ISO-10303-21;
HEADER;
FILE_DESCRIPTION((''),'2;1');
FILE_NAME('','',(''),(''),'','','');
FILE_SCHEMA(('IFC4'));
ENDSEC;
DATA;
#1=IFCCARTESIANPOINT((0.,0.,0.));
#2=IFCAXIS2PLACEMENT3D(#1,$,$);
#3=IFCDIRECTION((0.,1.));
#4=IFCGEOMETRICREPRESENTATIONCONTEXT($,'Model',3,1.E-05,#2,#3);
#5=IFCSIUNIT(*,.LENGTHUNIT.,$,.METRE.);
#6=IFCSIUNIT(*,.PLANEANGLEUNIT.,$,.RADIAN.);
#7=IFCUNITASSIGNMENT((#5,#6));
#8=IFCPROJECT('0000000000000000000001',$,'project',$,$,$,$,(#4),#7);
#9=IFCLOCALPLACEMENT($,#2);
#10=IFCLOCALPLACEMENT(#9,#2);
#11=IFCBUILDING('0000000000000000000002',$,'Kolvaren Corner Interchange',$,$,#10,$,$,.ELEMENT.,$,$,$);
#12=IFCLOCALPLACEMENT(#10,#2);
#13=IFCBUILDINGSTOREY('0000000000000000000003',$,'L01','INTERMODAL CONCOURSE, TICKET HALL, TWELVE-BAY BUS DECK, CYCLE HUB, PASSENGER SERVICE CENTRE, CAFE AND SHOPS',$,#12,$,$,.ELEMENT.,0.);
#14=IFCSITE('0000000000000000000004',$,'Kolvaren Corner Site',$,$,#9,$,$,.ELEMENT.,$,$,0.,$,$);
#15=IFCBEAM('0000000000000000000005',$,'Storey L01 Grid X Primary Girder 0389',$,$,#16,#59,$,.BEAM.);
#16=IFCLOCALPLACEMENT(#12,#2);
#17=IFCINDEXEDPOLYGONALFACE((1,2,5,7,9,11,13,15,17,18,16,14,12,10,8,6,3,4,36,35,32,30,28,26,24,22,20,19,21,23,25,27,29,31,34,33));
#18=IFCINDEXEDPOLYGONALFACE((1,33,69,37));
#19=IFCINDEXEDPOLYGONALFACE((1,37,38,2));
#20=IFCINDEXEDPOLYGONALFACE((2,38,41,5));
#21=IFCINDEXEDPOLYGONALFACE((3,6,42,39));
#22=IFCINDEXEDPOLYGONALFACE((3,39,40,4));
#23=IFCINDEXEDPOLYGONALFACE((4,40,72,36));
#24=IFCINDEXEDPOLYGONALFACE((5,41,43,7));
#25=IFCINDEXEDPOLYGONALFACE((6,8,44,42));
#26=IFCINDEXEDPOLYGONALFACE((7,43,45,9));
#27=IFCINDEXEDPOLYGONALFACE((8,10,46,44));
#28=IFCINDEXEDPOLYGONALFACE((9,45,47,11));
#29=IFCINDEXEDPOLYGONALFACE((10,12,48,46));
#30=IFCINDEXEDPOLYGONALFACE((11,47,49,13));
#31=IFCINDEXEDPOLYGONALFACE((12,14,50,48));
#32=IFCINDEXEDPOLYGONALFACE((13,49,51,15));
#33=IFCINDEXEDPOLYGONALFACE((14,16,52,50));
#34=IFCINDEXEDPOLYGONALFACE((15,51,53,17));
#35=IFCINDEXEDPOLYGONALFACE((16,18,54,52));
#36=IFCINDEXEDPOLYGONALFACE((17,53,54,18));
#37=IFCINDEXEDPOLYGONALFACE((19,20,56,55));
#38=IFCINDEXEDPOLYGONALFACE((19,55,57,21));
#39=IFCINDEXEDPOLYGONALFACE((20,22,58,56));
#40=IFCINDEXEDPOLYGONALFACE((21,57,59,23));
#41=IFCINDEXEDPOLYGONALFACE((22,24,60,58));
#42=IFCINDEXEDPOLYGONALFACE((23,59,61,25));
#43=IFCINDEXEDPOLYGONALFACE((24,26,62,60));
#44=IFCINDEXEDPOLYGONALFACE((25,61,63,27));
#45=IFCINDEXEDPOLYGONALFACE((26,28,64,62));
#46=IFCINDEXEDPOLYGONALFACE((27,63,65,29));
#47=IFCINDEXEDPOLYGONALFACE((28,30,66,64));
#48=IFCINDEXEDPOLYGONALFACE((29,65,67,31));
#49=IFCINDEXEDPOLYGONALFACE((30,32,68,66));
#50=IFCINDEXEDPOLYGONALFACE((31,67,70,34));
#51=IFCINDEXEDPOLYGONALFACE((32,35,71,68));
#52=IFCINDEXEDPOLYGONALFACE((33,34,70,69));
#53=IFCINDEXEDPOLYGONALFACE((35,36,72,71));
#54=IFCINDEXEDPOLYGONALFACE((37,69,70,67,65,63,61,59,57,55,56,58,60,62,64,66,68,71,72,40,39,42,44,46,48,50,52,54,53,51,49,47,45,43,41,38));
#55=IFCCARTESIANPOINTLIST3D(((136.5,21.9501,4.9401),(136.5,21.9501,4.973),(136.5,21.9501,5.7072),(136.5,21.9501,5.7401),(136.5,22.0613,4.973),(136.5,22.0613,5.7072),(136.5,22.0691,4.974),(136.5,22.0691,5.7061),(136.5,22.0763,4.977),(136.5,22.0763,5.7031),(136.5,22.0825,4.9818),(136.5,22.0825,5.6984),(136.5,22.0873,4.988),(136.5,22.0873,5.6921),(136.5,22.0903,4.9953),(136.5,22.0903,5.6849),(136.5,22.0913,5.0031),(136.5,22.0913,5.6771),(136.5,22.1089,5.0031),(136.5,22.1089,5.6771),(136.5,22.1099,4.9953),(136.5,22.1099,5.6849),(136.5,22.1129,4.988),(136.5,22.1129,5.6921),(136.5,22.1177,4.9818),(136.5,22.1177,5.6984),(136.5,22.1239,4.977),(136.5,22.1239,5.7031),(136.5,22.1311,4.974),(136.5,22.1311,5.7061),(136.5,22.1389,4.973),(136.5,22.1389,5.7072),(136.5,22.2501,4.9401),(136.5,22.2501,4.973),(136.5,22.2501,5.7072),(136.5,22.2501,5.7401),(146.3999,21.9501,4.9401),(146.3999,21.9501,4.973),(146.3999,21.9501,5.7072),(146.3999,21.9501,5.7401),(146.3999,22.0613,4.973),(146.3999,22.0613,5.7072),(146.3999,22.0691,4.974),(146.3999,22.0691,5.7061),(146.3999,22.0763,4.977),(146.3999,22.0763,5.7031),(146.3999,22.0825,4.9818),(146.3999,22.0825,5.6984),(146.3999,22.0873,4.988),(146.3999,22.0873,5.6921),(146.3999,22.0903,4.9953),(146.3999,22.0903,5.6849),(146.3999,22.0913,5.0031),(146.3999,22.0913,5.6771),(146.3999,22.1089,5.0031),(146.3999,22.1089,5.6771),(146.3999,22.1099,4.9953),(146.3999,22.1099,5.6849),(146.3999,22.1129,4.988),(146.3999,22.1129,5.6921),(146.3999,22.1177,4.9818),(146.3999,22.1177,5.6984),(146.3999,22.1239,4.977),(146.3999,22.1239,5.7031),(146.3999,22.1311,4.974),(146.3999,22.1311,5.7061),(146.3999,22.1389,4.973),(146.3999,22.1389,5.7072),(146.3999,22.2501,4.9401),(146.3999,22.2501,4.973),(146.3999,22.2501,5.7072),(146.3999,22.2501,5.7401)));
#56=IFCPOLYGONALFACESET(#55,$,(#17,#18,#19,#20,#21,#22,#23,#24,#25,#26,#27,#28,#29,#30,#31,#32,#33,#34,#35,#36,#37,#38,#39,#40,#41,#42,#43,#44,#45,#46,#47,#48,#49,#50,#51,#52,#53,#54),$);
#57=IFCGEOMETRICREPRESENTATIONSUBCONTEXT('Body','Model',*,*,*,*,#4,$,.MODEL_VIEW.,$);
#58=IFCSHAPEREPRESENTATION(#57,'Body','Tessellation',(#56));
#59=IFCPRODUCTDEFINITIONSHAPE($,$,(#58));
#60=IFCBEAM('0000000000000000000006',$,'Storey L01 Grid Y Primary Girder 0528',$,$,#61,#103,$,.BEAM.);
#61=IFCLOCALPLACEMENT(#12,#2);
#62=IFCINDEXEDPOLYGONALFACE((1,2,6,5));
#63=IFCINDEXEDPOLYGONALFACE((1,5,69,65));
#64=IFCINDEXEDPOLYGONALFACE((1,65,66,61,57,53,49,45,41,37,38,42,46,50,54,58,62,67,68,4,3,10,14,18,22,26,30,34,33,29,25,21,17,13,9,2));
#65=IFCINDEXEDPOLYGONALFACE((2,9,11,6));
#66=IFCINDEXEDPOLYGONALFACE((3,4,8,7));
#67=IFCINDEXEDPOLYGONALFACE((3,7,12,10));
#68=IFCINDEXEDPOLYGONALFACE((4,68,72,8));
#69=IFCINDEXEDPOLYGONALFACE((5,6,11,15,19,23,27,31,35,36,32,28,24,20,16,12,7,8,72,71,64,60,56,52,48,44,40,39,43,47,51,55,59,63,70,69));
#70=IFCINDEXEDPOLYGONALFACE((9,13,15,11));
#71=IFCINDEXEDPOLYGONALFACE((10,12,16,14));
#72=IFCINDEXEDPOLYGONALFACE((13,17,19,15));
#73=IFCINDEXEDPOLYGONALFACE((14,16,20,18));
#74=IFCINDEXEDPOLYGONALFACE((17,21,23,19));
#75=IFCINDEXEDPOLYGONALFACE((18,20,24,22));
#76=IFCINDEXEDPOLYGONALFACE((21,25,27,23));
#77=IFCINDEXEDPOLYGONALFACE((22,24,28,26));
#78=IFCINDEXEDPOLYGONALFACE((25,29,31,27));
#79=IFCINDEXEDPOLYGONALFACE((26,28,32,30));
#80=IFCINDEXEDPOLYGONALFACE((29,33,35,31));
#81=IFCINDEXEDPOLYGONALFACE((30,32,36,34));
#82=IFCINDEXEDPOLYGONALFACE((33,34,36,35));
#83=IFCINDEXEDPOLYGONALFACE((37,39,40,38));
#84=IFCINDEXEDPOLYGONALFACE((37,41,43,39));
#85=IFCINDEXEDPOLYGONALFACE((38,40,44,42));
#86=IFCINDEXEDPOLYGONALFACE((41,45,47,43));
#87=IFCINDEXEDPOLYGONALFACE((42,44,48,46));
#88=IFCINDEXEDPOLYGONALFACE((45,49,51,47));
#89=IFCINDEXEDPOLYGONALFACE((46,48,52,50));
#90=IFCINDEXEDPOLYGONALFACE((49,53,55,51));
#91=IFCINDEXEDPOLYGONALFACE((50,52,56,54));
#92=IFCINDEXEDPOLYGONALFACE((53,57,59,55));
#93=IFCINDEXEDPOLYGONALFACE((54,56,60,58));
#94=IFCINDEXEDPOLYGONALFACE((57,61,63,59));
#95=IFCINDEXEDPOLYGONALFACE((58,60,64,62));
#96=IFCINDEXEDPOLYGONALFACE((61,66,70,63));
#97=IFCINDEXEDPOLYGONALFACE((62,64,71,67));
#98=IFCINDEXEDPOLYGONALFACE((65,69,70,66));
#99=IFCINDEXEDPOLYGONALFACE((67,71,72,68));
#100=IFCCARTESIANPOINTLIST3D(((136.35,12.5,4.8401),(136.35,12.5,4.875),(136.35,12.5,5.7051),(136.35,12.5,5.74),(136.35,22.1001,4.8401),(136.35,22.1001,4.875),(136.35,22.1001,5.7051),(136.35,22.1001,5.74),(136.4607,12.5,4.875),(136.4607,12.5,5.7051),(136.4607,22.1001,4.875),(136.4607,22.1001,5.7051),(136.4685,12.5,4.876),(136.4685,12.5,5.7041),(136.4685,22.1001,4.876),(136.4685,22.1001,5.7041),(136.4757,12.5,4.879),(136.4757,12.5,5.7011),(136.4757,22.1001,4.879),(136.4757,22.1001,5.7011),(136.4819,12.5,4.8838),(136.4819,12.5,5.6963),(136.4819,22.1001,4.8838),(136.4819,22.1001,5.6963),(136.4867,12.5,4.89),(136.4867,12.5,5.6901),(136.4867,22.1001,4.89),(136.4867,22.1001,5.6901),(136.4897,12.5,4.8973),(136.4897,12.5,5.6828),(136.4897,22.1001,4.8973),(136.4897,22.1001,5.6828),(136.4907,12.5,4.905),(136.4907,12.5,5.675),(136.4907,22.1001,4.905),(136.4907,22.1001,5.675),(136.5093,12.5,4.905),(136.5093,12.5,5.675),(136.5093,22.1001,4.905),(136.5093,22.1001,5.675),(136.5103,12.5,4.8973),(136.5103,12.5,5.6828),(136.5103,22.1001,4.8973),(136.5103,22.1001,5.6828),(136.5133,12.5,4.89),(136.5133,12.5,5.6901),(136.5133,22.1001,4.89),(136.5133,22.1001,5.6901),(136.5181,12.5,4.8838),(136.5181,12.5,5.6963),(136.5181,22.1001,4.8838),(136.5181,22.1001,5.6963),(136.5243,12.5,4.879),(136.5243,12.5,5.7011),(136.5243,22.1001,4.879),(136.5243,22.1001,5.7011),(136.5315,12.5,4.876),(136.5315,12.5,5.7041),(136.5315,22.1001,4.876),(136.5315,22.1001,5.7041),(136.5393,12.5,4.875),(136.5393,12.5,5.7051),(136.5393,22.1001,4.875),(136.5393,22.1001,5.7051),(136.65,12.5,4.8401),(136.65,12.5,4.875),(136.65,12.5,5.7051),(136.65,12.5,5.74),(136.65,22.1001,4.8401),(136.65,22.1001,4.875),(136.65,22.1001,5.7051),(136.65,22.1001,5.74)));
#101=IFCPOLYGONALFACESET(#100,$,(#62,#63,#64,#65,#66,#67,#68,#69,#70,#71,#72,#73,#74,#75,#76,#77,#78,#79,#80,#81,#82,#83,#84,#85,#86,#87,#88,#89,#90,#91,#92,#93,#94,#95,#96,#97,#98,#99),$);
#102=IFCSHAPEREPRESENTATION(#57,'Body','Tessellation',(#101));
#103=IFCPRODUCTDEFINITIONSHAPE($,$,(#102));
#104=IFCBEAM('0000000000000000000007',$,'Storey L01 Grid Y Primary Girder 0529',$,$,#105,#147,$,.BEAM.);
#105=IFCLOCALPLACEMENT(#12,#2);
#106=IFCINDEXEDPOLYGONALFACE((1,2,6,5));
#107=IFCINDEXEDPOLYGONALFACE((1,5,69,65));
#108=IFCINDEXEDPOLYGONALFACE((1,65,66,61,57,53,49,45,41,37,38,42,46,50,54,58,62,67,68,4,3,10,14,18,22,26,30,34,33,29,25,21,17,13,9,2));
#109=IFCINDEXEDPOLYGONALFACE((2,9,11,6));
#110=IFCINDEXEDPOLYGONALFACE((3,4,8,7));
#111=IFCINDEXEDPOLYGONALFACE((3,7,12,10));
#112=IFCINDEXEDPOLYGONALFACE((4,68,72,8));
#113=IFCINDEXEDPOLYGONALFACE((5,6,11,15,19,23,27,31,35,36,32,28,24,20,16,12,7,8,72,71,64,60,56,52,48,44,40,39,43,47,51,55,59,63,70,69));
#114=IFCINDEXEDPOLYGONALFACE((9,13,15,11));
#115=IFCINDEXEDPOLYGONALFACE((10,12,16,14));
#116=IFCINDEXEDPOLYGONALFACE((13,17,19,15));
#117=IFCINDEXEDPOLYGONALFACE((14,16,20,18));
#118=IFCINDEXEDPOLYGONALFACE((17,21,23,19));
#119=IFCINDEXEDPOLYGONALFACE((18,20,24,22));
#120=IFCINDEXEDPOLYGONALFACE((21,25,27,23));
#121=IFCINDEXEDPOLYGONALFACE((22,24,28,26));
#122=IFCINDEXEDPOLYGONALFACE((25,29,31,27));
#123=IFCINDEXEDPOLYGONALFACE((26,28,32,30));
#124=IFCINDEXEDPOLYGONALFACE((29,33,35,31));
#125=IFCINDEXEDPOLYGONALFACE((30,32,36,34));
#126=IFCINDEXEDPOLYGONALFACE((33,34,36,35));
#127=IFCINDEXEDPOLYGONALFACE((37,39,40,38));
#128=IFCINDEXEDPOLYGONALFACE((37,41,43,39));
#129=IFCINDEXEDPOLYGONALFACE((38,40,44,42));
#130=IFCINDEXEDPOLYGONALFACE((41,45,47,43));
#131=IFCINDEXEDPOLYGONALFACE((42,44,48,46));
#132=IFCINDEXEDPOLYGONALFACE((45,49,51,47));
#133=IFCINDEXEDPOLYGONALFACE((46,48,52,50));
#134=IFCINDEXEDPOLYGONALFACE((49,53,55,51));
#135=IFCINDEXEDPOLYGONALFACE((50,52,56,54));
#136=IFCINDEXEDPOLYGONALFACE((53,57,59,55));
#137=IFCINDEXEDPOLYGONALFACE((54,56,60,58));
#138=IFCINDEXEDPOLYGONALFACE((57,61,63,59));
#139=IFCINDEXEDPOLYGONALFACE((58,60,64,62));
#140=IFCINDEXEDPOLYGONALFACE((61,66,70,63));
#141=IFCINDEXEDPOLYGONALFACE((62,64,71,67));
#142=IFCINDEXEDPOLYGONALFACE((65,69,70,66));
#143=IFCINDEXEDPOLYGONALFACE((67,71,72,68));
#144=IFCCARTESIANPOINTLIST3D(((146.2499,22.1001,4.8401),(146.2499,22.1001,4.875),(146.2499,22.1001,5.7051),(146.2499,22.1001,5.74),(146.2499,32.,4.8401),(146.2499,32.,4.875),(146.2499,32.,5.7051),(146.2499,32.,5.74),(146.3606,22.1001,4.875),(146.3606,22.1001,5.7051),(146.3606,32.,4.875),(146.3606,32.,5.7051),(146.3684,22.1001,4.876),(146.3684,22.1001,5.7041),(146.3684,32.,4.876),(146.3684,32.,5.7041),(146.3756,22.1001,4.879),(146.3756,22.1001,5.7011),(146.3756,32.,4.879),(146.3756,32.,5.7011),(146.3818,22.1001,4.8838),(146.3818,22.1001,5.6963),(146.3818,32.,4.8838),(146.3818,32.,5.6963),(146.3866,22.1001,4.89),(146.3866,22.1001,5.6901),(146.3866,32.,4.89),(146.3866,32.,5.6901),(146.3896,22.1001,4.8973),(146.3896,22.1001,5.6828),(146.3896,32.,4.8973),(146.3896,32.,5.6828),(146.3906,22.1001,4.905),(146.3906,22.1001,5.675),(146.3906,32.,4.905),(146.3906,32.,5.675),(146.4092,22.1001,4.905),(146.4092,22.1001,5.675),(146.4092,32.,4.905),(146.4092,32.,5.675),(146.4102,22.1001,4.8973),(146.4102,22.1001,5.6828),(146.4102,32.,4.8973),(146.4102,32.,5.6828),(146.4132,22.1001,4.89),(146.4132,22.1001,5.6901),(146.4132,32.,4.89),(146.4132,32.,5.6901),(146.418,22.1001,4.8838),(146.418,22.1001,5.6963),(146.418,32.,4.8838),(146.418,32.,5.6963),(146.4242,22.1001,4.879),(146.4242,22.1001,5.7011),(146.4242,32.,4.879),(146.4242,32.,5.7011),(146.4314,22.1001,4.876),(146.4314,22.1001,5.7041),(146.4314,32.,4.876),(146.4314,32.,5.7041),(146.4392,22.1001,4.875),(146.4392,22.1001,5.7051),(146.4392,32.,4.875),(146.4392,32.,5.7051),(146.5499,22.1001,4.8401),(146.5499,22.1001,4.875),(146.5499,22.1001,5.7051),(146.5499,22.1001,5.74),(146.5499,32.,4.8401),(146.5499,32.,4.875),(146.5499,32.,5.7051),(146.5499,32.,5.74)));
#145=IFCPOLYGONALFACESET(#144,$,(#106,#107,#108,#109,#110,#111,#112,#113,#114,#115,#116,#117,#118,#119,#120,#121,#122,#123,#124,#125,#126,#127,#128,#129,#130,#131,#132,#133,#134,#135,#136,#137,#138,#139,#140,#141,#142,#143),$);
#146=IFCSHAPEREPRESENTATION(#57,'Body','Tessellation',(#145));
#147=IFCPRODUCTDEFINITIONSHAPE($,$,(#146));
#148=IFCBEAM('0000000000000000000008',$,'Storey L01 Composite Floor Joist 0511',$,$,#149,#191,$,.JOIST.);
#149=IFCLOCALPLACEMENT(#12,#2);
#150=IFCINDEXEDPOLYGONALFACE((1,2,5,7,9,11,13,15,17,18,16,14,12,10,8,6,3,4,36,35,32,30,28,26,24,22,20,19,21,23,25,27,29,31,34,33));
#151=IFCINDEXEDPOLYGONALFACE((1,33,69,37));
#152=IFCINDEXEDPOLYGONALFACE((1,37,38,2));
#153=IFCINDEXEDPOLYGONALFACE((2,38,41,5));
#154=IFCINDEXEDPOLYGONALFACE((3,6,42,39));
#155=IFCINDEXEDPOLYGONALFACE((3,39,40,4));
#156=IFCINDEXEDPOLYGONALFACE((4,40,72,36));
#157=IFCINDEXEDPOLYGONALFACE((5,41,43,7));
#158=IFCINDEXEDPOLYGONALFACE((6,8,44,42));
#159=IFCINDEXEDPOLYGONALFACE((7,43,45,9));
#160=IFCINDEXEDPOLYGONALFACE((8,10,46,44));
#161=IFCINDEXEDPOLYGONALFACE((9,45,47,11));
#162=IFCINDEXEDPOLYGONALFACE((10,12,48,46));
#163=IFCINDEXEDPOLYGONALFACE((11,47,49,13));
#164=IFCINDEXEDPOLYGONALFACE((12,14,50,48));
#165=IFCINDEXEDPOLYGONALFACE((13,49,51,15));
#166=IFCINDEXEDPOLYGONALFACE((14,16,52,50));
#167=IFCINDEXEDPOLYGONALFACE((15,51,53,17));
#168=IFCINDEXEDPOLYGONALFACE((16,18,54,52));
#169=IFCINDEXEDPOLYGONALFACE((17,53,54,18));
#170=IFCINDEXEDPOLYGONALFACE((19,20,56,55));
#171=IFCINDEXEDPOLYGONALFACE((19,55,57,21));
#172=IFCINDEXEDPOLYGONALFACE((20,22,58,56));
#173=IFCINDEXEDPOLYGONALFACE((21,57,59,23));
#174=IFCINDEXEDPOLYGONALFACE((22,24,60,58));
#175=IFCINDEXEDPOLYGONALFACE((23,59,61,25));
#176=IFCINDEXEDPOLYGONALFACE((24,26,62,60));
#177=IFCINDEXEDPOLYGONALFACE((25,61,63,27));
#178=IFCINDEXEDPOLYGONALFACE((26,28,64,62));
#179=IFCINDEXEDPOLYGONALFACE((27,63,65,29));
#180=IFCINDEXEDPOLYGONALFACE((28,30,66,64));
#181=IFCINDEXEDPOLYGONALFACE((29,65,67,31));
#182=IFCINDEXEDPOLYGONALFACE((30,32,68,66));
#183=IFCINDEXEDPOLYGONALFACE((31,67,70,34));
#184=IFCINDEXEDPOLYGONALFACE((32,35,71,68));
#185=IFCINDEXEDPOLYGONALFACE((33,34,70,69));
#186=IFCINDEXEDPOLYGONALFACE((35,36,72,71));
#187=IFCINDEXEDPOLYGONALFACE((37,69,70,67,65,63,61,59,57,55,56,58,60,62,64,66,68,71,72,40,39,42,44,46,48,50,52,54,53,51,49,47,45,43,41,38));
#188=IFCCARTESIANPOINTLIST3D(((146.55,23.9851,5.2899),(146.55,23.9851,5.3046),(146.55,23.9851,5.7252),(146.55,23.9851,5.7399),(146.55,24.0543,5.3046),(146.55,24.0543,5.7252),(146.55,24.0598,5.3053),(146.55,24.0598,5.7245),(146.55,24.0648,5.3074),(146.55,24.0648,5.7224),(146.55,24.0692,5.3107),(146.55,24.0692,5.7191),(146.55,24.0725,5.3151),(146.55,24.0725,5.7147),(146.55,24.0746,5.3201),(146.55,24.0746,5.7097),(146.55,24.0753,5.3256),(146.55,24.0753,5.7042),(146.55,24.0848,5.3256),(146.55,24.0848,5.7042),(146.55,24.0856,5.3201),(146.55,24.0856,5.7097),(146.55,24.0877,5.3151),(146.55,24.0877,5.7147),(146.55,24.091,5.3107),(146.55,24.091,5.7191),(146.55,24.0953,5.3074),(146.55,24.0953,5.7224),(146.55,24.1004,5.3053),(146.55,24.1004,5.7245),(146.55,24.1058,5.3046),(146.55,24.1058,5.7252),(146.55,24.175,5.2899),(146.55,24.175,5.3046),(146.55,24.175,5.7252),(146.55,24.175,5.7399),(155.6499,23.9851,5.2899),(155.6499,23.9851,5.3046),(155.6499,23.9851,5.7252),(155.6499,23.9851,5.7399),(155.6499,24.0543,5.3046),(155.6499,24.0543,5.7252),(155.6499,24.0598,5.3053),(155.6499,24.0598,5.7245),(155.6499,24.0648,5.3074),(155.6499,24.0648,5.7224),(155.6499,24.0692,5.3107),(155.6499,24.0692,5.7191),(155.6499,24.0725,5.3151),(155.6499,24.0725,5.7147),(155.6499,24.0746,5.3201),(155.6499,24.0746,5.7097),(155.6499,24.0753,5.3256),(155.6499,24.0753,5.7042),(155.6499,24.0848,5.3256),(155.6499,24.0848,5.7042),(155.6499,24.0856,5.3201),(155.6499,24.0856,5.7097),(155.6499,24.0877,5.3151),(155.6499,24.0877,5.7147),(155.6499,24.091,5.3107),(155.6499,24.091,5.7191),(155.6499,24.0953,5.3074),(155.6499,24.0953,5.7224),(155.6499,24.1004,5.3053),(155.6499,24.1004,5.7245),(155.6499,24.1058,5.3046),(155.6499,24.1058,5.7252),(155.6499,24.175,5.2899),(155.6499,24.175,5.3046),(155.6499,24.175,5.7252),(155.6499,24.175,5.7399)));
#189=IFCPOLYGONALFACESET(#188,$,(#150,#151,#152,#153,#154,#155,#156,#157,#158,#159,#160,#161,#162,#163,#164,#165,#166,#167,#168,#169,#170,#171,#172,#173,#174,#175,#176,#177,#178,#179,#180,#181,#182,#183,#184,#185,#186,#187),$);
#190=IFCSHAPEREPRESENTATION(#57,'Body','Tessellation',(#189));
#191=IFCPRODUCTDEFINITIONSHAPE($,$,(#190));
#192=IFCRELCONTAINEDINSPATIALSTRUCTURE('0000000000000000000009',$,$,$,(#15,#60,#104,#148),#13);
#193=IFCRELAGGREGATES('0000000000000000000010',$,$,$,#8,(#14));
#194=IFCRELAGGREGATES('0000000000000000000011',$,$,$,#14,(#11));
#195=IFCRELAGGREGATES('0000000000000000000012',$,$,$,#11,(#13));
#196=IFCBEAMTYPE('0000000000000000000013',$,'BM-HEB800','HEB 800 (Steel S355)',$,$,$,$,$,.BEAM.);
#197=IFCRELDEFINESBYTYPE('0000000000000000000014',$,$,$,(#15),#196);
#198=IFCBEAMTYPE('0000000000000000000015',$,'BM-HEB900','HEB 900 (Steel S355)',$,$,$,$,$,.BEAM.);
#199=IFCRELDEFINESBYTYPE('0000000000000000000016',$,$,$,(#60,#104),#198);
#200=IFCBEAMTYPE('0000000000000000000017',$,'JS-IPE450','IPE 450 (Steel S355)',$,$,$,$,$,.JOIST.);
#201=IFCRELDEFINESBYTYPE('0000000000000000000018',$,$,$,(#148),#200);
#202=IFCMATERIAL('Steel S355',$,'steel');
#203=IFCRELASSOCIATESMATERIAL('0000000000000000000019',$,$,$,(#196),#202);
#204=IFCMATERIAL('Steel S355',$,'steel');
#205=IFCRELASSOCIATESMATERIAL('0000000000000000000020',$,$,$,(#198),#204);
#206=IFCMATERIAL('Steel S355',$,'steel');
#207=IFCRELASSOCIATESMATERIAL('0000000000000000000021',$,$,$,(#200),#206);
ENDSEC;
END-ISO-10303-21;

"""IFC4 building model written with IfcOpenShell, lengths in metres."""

from ifc_helpers import new_model, si_unit, direction, frame, origin, origin_2d, place, context, subcontext, project, spatial, i_section, extrude, material, material_profile, profile_set, type_object, element, save


model = new_model("IFC4")

# Units and contexts
model_context = context("Model", 3, precision=1e-05, world=origin(), true_north=direction((0.0, 1.0)))
body_context = subcontext(model_context, "Body", "Model", "MODEL_VIEW")
ifc_project = project(units=[si_unit("LENGTHUNIT", "METRE"), si_unit("PLANEANGLEUNIT", "RADIAN")], contexts=[model_context])

# Site, building, storey
site_placement = place(None, origin())
site = spatial("IfcSite", under=ifc_project, at=site_placement, Name="Kolvaren Corner Site", CompositionType="ELEMENT", RefElevation=0.0)
building_placement = place(site_placement, origin())
building = spatial("IfcBuilding", under=site, at=building_placement, Name="Kolvaren Corner Interchange", CompositionType="ELEMENT")
storey_placement = place(building_placement, origin())
storey = spatial("IfcBuildingStorey", under=building, at=storey_placement, Name="L01", Description="INTERMODAL CONCOURSE, TICKET HALL, TWELVE-BAY BUS DECK, CYCLE HUB, PASSENGER SERVICE CENTRE, CAFE AND SHOPS", CompositionType="ELEMENT", Elevation=0.0)

# Beams
ifc_material_1 = material(Name="Steel S355", Category="steel")
ifc_material_profile_1 = material_profile(ifc_material_1, i_section(OverallWidth=0.3, OverallDepth=0.8, WebThickness=0.0176, FlangeThickness=0.033, FilletRadius=0.03, at=origin_2d()), Name="HEB 800")
ifc_profile_set_1 = profile_set([ifc_material_profile_1], Name="Steel S355")
beam_type_1 = type_object("IfcBeamType", Name="BM-HEB800", Description="HEB 800 (Steel S355)", PredefinedType="BEAM", material=ifc_profile_set_1)
for number, where, z_axis, x_axis, name in (
    (1, (136.5, 22.1001, 5.3401), (1.0, 0.0, 0.0), (0.0, 1.0, 0.0), "Storey L01 Grid X Primary Girder 0389"),
):
    element("IfcBeam", number, at=place(storey_placement, frame(where, z_axis=z_axis, x_axis=x_axis)), inside=storey, type_object=beam_type_1, Name=name, PredefinedType="BEAM", context=body_context, shape_type="SweptSolid", body=[
        extrude(i_section(OverallWidth=0.3, OverallDepth=0.8, WebThickness=0.0176, FlangeThickness=0.033, FilletRadius=0.03, at=origin_2d()), origin(), (0.0, 0.0, 1.0), 9.8999),
    ])
ifc_material_2 = material(Name="Steel S355", Category="steel")
ifc_material_profile_2 = material_profile(ifc_material_2, i_section(OverallWidth=0.3, OverallDepth=0.8999, WebThickness=0.0186, FlangeThickness=0.0349, FilletRadius=0.03, at=origin_2d()), Name="HEB 900")
ifc_profile_set_2 = profile_set([ifc_material_profile_2], Name="Steel S355")
beam_type_2 = type_object("IfcBeamType", Name="BM-HEB900", Description="HEB 900 (Steel S355)", PredefinedType="BEAM", material=ifc_profile_set_2)
beam_1_placement = place(storey_placement, frame((136.5, 12.5, 5.29), z_axis=(0.0, 1.0, 0.0), x_axis=(-1.0, 0.0, 0.0)))
element("IfcBeam", 2, at=beam_1_placement, inside=storey, type_object=beam_type_2, Name="Storey L01 Grid Y Primary Girder 0528", PredefinedType="BEAM", context=body_context, shape_type="SweptSolid", body=[
    extrude(i_section(OverallWidth=0.3, OverallDepth=0.8999, WebThickness=0.0186, FlangeThickness=0.0349, FilletRadius=0.03, at=origin_2d()), origin(), (0.0, 0.0, 1.0), 9.6001),
])
beam_2_placement = place(storey_placement, frame((146.3999, 22.1001, 5.29), z_axis=(0.0, 1.0, 0.0), x_axis=(-1.0, 0.0, 0.0)))
element("IfcBeam", 3, at=beam_2_placement, inside=storey, type_object=beam_type_2, Name="Storey L01 Grid Y Primary Girder 0529", PredefinedType="BEAM", context=body_context, shape_type="SweptSolid", body=[
    extrude(i_section(OverallWidth=0.3, OverallDepth=0.8999, WebThickness=0.0186, FlangeThickness=0.0349, FilletRadius=0.03, at=origin_2d()), origin(), (0.0, 0.0, 1.0), 9.8999),
])
ifc_material_3 = material(Name="Steel S355", Category="steel")
ifc_material_profile_3 = material_profile(ifc_material_3, i_section(OverallWidth=0.1899, OverallDepth=0.45, WebThickness=0.0095, FlangeThickness=0.0146, FilletRadius=0.021, at=origin_2d()), Name="IPE 450")
ifc_profile_set_3 = profile_set([ifc_material_profile_3], Name="Steel S355")
beam_type_3 = type_object("IfcBeamType", Name="JS-IPE450", Description="IPE 450 (Steel S355)", PredefinedType="JOIST", material=ifc_profile_set_3)
beam_3_placement = place(storey_placement, frame((146.55, 24.0801, 5.5149), z_axis=(1.0, 0.0, 0.0), x_axis=(0.0, 1.0, 0.0)))
element("IfcBeam", 4, at=beam_3_placement, inside=storey, type_object=beam_type_3, Name="Storey L01 Composite Floor Joist 0511", PredefinedType="JOIST", context=body_context, shape_type="SweptSolid", body=[
    extrude(i_section(OverallWidth=0.1899, OverallDepth=0.45, WebThickness=0.0095, FlangeThickness=0.0146, FilletRadius=0.021, at=origin_2d()), origin(), (0.0, 0.0, 1.0), 9.0999),
])

save(model, "model.ifc")
